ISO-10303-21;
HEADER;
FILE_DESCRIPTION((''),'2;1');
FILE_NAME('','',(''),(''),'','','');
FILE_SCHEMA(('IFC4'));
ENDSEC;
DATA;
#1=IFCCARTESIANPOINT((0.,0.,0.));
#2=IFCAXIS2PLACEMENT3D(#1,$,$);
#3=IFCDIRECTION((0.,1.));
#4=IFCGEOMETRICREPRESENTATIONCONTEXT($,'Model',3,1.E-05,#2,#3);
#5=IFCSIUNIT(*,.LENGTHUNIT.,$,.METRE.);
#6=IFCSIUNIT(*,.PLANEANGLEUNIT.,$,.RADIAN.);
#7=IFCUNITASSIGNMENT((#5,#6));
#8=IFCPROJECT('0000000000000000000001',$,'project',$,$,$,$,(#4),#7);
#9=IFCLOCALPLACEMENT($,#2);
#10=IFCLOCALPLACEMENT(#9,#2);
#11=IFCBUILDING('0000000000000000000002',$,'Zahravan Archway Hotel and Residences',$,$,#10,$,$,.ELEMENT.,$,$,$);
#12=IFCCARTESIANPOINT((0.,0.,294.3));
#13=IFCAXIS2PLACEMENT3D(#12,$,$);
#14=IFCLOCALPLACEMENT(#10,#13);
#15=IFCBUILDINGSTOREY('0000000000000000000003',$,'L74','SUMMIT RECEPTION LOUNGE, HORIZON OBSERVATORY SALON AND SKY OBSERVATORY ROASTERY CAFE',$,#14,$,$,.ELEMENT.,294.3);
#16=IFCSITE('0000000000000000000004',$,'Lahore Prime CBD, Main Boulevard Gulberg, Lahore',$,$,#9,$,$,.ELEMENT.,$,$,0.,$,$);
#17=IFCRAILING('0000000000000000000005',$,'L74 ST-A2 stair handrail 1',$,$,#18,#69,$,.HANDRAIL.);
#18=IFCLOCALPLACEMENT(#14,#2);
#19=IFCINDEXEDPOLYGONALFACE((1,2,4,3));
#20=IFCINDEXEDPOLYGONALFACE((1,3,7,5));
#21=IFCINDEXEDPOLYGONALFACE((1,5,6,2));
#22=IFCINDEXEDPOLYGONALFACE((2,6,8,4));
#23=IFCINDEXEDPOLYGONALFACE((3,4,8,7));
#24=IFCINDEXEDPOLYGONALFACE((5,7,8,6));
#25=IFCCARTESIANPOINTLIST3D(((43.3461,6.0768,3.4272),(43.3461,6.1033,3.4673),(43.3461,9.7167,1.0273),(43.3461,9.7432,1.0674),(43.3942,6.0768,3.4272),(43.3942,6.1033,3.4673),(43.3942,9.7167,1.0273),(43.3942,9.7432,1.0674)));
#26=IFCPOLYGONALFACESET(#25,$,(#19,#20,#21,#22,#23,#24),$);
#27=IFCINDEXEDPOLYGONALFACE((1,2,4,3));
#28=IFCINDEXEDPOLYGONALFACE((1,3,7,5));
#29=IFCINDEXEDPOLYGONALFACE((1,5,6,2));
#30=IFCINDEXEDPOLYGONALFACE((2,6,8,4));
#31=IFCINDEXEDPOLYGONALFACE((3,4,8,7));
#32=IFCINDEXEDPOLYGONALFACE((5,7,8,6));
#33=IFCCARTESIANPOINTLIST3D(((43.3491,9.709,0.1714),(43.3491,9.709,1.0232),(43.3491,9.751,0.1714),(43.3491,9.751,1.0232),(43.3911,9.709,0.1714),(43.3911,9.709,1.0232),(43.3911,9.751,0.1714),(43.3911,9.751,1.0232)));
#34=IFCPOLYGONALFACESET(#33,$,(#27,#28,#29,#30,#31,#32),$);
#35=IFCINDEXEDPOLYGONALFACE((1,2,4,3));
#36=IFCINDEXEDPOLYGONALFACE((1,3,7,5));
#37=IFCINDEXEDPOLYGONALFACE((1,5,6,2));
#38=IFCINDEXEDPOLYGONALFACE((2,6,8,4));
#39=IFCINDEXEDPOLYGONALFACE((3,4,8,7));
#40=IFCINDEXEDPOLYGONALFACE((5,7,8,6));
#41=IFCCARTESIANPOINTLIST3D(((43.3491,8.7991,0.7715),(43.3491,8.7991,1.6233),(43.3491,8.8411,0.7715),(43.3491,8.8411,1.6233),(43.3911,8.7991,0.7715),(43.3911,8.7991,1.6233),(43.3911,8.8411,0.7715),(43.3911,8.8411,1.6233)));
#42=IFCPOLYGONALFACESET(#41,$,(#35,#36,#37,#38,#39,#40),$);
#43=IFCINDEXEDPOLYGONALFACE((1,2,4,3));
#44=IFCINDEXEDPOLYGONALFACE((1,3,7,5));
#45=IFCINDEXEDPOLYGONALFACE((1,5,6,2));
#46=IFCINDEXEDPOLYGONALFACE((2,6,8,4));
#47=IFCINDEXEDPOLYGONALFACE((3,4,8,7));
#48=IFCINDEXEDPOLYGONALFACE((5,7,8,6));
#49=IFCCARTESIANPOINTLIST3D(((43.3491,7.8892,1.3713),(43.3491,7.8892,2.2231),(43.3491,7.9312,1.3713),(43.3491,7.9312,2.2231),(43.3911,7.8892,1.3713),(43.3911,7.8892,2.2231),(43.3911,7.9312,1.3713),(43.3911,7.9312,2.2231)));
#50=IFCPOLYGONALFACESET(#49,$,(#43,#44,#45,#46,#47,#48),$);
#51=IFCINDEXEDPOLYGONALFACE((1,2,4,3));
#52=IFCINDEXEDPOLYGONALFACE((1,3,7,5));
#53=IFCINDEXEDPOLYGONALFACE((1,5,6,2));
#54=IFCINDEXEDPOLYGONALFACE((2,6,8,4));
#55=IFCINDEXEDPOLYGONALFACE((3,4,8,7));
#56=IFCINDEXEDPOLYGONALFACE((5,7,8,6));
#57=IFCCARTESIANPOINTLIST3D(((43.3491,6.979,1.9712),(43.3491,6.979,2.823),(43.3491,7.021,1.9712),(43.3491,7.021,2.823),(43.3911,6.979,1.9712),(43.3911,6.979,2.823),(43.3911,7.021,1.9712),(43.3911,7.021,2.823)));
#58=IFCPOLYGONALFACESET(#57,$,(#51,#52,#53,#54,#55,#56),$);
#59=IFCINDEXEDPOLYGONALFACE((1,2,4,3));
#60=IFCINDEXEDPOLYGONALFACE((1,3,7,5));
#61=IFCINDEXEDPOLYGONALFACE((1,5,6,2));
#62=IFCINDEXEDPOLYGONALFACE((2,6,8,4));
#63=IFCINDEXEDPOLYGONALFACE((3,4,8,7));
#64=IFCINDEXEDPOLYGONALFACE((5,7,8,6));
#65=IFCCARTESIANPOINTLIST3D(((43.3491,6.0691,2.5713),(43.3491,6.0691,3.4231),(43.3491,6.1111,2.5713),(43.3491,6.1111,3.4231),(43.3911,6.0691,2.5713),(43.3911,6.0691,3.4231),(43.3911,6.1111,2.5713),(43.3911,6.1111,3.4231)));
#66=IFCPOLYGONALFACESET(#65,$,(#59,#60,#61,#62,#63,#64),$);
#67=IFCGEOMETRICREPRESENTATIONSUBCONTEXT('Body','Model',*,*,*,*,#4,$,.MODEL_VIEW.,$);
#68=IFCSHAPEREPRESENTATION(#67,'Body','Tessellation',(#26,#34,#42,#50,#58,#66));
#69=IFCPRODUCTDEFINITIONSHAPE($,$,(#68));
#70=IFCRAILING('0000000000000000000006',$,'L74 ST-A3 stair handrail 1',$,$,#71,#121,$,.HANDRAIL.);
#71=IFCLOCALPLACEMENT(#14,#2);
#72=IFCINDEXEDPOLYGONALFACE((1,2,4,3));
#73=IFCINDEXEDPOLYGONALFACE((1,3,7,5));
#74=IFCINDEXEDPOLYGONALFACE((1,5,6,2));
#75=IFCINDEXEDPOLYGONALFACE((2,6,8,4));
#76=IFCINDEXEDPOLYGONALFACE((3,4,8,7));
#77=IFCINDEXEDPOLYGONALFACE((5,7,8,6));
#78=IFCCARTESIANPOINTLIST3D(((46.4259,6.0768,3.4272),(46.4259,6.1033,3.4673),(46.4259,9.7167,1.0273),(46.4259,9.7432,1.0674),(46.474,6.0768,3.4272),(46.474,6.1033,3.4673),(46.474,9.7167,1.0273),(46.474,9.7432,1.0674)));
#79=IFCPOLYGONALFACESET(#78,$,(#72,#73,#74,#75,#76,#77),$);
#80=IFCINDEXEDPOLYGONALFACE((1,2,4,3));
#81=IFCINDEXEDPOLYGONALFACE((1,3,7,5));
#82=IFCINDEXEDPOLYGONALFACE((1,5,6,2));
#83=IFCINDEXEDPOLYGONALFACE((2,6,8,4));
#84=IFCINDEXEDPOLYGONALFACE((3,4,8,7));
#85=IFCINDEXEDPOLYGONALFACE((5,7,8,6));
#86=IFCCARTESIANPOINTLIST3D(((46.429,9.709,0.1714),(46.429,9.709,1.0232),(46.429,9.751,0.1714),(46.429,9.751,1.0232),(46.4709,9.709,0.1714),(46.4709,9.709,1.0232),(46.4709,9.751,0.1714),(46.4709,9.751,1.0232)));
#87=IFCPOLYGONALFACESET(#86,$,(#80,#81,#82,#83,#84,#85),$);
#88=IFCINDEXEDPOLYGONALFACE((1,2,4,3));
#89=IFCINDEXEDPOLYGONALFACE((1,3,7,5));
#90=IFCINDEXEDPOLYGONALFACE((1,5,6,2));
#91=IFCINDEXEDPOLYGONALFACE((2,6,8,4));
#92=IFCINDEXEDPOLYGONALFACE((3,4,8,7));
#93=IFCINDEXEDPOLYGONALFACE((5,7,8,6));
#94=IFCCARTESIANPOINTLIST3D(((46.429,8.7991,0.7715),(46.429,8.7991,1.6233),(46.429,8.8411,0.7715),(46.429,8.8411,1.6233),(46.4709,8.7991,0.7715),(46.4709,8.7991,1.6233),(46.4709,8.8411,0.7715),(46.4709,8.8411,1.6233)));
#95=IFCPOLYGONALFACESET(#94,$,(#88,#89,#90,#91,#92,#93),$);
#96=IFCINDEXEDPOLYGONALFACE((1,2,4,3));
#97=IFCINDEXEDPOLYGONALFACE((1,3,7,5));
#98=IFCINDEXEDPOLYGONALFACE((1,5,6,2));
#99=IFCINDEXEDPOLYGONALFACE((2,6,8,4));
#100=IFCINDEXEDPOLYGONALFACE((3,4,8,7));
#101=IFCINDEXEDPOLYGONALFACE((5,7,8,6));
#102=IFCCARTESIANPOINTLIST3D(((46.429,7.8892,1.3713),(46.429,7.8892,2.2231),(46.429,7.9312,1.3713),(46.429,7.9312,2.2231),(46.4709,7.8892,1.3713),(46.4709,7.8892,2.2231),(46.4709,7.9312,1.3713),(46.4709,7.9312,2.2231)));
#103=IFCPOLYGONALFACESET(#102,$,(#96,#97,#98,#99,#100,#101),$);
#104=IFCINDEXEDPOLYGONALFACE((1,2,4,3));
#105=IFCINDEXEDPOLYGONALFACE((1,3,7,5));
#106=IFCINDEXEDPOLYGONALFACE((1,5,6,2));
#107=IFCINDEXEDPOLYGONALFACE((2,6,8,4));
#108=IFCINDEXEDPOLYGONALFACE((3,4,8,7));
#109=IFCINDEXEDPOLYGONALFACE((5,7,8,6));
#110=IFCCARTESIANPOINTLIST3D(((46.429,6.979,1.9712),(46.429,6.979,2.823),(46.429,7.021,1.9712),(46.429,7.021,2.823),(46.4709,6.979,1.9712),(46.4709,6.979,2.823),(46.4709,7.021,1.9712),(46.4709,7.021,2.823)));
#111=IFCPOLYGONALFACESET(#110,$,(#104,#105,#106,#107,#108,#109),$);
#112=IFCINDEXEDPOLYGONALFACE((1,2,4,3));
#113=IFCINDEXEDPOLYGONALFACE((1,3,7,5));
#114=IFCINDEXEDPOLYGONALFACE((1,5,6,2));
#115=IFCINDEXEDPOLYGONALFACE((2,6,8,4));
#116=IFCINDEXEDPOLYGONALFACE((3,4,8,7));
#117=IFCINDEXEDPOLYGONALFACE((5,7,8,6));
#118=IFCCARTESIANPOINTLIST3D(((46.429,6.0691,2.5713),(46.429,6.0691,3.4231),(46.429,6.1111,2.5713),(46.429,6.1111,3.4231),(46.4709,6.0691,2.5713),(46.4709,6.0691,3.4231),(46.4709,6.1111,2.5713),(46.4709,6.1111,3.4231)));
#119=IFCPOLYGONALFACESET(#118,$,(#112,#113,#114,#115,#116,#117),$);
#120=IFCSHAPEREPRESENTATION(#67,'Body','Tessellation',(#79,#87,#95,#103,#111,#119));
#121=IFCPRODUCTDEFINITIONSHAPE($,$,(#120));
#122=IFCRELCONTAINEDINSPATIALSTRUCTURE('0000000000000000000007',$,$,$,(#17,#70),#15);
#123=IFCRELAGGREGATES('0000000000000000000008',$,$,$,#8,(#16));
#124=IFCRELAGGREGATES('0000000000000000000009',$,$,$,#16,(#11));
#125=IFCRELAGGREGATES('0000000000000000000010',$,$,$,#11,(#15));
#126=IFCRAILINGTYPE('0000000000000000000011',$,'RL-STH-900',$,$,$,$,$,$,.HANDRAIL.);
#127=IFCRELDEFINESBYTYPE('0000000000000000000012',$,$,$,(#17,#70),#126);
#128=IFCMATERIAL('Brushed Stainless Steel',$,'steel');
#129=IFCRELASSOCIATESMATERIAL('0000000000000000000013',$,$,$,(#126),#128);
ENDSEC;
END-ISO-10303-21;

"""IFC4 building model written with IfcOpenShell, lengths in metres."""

from ifc_helpers import new_model, si_unit, direction, frame, origin, origin_2d, place, context, subcontext, project, spatial, rectangle, extrude, material, type_object, element, save


model = new_model("IFC4")

# Units and contexts
model_context = context("Model", 3, precision=1e-05, world=origin(), true_north=direction((0.0, 1.0)))
body_context = subcontext(model_context, "Body", "Model", "MODEL_VIEW")
ifc_project = project(units=[si_unit("LENGTHUNIT", "METRE"), si_unit("PLANEANGLEUNIT", "RADIAN")], contexts=[model_context])

# Site, building, storey
site_placement = place(None, origin())
site = spatial("IfcSite", under=ifc_project, at=site_placement, Name="Lahore Prime CBD, Main Boulevard Gulberg, Lahore", CompositionType="ELEMENT", RefElevation=0.0)
building_placement = place(site_placement, origin())
building = spatial("IfcBuilding", under=site, at=building_placement, Name="Zahravan Archway Hotel and Residences", CompositionType="ELEMENT")
storey_placement = place(building_placement, frame((0.0, 0.0, 294.3)))
storey = spatial("IfcBuildingStorey", under=building, at=storey_placement, Name="L74", Description="SUMMIT RECEPTION LOUNGE, HORIZON OBSERVATORY SALON AND SKY OBSERVATORY ROASTERY CAFE", CompositionType="ELEMENT", Elevation=294.3)

# Railings
ifc_material_1 = material(Name="Brushed Stainless Steel", Category="steel")
railing_type_1 = type_object("IfcRailingType", Name="RL-STH-900", PredefinedType="HANDRAIL", material=ifc_material_1)
for number, where, name in (
    (1, (43.3701, 9.73, 0.1714), "L74 ST-A2 stair handrail 1"),
    (2, (46.45, 9.73, 0.1714), "L74 ST-A3 stair handrail 1"),
):
    element("IfcRailing", number, at=place(storey_placement, frame(where)), inside=storey, type_object=railing_type_1, Name=name, PredefinedType="HANDRAIL", context=body_context, shape_type="SweptSolid", body=[
        extrude(rectangle(XDim=0.0481, YDim=0.0481, at=origin_2d()), frame((0.0, 0.0, 0.876), z_axis=(0.0, -0.834865, 0.550454), x_axis=(1.0, 0.0, 0.0)), (0.0, 0.0, 1.0), 4.3599),
        extrude(rectangle(XDim=0.042, YDim=0.042, at=origin_2d()), origin(), (0.0, 0.0, 1.0), 0.8518),
        extrude(rectangle(XDim=0.042, YDim=0.042, at=origin_2d()), frame((0.0, -0.9099, 0.6001)), (0.0, 0.0, 1.0), 0.8518),
        extrude(rectangle(XDim=0.042, YDim=0.042, at=origin_2d()), frame((0.0, -1.8198, 1.2)), (0.0, 0.0, 1.0), 0.8518),
        extrude(rectangle(XDim=0.042, YDim=0.042, at=origin_2d()), frame((0.0, -2.73, 1.7998)), (0.0, 0.0, 1.0), 0.8518),
        extrude(rectangle(XDim=0.042, YDim=0.042, at=origin_2d()), frame((0.0, -3.6399, 2.3999)), (0.0, 0.0, 1.0), 0.8518),
    ])

save(model, "model.ifc")
